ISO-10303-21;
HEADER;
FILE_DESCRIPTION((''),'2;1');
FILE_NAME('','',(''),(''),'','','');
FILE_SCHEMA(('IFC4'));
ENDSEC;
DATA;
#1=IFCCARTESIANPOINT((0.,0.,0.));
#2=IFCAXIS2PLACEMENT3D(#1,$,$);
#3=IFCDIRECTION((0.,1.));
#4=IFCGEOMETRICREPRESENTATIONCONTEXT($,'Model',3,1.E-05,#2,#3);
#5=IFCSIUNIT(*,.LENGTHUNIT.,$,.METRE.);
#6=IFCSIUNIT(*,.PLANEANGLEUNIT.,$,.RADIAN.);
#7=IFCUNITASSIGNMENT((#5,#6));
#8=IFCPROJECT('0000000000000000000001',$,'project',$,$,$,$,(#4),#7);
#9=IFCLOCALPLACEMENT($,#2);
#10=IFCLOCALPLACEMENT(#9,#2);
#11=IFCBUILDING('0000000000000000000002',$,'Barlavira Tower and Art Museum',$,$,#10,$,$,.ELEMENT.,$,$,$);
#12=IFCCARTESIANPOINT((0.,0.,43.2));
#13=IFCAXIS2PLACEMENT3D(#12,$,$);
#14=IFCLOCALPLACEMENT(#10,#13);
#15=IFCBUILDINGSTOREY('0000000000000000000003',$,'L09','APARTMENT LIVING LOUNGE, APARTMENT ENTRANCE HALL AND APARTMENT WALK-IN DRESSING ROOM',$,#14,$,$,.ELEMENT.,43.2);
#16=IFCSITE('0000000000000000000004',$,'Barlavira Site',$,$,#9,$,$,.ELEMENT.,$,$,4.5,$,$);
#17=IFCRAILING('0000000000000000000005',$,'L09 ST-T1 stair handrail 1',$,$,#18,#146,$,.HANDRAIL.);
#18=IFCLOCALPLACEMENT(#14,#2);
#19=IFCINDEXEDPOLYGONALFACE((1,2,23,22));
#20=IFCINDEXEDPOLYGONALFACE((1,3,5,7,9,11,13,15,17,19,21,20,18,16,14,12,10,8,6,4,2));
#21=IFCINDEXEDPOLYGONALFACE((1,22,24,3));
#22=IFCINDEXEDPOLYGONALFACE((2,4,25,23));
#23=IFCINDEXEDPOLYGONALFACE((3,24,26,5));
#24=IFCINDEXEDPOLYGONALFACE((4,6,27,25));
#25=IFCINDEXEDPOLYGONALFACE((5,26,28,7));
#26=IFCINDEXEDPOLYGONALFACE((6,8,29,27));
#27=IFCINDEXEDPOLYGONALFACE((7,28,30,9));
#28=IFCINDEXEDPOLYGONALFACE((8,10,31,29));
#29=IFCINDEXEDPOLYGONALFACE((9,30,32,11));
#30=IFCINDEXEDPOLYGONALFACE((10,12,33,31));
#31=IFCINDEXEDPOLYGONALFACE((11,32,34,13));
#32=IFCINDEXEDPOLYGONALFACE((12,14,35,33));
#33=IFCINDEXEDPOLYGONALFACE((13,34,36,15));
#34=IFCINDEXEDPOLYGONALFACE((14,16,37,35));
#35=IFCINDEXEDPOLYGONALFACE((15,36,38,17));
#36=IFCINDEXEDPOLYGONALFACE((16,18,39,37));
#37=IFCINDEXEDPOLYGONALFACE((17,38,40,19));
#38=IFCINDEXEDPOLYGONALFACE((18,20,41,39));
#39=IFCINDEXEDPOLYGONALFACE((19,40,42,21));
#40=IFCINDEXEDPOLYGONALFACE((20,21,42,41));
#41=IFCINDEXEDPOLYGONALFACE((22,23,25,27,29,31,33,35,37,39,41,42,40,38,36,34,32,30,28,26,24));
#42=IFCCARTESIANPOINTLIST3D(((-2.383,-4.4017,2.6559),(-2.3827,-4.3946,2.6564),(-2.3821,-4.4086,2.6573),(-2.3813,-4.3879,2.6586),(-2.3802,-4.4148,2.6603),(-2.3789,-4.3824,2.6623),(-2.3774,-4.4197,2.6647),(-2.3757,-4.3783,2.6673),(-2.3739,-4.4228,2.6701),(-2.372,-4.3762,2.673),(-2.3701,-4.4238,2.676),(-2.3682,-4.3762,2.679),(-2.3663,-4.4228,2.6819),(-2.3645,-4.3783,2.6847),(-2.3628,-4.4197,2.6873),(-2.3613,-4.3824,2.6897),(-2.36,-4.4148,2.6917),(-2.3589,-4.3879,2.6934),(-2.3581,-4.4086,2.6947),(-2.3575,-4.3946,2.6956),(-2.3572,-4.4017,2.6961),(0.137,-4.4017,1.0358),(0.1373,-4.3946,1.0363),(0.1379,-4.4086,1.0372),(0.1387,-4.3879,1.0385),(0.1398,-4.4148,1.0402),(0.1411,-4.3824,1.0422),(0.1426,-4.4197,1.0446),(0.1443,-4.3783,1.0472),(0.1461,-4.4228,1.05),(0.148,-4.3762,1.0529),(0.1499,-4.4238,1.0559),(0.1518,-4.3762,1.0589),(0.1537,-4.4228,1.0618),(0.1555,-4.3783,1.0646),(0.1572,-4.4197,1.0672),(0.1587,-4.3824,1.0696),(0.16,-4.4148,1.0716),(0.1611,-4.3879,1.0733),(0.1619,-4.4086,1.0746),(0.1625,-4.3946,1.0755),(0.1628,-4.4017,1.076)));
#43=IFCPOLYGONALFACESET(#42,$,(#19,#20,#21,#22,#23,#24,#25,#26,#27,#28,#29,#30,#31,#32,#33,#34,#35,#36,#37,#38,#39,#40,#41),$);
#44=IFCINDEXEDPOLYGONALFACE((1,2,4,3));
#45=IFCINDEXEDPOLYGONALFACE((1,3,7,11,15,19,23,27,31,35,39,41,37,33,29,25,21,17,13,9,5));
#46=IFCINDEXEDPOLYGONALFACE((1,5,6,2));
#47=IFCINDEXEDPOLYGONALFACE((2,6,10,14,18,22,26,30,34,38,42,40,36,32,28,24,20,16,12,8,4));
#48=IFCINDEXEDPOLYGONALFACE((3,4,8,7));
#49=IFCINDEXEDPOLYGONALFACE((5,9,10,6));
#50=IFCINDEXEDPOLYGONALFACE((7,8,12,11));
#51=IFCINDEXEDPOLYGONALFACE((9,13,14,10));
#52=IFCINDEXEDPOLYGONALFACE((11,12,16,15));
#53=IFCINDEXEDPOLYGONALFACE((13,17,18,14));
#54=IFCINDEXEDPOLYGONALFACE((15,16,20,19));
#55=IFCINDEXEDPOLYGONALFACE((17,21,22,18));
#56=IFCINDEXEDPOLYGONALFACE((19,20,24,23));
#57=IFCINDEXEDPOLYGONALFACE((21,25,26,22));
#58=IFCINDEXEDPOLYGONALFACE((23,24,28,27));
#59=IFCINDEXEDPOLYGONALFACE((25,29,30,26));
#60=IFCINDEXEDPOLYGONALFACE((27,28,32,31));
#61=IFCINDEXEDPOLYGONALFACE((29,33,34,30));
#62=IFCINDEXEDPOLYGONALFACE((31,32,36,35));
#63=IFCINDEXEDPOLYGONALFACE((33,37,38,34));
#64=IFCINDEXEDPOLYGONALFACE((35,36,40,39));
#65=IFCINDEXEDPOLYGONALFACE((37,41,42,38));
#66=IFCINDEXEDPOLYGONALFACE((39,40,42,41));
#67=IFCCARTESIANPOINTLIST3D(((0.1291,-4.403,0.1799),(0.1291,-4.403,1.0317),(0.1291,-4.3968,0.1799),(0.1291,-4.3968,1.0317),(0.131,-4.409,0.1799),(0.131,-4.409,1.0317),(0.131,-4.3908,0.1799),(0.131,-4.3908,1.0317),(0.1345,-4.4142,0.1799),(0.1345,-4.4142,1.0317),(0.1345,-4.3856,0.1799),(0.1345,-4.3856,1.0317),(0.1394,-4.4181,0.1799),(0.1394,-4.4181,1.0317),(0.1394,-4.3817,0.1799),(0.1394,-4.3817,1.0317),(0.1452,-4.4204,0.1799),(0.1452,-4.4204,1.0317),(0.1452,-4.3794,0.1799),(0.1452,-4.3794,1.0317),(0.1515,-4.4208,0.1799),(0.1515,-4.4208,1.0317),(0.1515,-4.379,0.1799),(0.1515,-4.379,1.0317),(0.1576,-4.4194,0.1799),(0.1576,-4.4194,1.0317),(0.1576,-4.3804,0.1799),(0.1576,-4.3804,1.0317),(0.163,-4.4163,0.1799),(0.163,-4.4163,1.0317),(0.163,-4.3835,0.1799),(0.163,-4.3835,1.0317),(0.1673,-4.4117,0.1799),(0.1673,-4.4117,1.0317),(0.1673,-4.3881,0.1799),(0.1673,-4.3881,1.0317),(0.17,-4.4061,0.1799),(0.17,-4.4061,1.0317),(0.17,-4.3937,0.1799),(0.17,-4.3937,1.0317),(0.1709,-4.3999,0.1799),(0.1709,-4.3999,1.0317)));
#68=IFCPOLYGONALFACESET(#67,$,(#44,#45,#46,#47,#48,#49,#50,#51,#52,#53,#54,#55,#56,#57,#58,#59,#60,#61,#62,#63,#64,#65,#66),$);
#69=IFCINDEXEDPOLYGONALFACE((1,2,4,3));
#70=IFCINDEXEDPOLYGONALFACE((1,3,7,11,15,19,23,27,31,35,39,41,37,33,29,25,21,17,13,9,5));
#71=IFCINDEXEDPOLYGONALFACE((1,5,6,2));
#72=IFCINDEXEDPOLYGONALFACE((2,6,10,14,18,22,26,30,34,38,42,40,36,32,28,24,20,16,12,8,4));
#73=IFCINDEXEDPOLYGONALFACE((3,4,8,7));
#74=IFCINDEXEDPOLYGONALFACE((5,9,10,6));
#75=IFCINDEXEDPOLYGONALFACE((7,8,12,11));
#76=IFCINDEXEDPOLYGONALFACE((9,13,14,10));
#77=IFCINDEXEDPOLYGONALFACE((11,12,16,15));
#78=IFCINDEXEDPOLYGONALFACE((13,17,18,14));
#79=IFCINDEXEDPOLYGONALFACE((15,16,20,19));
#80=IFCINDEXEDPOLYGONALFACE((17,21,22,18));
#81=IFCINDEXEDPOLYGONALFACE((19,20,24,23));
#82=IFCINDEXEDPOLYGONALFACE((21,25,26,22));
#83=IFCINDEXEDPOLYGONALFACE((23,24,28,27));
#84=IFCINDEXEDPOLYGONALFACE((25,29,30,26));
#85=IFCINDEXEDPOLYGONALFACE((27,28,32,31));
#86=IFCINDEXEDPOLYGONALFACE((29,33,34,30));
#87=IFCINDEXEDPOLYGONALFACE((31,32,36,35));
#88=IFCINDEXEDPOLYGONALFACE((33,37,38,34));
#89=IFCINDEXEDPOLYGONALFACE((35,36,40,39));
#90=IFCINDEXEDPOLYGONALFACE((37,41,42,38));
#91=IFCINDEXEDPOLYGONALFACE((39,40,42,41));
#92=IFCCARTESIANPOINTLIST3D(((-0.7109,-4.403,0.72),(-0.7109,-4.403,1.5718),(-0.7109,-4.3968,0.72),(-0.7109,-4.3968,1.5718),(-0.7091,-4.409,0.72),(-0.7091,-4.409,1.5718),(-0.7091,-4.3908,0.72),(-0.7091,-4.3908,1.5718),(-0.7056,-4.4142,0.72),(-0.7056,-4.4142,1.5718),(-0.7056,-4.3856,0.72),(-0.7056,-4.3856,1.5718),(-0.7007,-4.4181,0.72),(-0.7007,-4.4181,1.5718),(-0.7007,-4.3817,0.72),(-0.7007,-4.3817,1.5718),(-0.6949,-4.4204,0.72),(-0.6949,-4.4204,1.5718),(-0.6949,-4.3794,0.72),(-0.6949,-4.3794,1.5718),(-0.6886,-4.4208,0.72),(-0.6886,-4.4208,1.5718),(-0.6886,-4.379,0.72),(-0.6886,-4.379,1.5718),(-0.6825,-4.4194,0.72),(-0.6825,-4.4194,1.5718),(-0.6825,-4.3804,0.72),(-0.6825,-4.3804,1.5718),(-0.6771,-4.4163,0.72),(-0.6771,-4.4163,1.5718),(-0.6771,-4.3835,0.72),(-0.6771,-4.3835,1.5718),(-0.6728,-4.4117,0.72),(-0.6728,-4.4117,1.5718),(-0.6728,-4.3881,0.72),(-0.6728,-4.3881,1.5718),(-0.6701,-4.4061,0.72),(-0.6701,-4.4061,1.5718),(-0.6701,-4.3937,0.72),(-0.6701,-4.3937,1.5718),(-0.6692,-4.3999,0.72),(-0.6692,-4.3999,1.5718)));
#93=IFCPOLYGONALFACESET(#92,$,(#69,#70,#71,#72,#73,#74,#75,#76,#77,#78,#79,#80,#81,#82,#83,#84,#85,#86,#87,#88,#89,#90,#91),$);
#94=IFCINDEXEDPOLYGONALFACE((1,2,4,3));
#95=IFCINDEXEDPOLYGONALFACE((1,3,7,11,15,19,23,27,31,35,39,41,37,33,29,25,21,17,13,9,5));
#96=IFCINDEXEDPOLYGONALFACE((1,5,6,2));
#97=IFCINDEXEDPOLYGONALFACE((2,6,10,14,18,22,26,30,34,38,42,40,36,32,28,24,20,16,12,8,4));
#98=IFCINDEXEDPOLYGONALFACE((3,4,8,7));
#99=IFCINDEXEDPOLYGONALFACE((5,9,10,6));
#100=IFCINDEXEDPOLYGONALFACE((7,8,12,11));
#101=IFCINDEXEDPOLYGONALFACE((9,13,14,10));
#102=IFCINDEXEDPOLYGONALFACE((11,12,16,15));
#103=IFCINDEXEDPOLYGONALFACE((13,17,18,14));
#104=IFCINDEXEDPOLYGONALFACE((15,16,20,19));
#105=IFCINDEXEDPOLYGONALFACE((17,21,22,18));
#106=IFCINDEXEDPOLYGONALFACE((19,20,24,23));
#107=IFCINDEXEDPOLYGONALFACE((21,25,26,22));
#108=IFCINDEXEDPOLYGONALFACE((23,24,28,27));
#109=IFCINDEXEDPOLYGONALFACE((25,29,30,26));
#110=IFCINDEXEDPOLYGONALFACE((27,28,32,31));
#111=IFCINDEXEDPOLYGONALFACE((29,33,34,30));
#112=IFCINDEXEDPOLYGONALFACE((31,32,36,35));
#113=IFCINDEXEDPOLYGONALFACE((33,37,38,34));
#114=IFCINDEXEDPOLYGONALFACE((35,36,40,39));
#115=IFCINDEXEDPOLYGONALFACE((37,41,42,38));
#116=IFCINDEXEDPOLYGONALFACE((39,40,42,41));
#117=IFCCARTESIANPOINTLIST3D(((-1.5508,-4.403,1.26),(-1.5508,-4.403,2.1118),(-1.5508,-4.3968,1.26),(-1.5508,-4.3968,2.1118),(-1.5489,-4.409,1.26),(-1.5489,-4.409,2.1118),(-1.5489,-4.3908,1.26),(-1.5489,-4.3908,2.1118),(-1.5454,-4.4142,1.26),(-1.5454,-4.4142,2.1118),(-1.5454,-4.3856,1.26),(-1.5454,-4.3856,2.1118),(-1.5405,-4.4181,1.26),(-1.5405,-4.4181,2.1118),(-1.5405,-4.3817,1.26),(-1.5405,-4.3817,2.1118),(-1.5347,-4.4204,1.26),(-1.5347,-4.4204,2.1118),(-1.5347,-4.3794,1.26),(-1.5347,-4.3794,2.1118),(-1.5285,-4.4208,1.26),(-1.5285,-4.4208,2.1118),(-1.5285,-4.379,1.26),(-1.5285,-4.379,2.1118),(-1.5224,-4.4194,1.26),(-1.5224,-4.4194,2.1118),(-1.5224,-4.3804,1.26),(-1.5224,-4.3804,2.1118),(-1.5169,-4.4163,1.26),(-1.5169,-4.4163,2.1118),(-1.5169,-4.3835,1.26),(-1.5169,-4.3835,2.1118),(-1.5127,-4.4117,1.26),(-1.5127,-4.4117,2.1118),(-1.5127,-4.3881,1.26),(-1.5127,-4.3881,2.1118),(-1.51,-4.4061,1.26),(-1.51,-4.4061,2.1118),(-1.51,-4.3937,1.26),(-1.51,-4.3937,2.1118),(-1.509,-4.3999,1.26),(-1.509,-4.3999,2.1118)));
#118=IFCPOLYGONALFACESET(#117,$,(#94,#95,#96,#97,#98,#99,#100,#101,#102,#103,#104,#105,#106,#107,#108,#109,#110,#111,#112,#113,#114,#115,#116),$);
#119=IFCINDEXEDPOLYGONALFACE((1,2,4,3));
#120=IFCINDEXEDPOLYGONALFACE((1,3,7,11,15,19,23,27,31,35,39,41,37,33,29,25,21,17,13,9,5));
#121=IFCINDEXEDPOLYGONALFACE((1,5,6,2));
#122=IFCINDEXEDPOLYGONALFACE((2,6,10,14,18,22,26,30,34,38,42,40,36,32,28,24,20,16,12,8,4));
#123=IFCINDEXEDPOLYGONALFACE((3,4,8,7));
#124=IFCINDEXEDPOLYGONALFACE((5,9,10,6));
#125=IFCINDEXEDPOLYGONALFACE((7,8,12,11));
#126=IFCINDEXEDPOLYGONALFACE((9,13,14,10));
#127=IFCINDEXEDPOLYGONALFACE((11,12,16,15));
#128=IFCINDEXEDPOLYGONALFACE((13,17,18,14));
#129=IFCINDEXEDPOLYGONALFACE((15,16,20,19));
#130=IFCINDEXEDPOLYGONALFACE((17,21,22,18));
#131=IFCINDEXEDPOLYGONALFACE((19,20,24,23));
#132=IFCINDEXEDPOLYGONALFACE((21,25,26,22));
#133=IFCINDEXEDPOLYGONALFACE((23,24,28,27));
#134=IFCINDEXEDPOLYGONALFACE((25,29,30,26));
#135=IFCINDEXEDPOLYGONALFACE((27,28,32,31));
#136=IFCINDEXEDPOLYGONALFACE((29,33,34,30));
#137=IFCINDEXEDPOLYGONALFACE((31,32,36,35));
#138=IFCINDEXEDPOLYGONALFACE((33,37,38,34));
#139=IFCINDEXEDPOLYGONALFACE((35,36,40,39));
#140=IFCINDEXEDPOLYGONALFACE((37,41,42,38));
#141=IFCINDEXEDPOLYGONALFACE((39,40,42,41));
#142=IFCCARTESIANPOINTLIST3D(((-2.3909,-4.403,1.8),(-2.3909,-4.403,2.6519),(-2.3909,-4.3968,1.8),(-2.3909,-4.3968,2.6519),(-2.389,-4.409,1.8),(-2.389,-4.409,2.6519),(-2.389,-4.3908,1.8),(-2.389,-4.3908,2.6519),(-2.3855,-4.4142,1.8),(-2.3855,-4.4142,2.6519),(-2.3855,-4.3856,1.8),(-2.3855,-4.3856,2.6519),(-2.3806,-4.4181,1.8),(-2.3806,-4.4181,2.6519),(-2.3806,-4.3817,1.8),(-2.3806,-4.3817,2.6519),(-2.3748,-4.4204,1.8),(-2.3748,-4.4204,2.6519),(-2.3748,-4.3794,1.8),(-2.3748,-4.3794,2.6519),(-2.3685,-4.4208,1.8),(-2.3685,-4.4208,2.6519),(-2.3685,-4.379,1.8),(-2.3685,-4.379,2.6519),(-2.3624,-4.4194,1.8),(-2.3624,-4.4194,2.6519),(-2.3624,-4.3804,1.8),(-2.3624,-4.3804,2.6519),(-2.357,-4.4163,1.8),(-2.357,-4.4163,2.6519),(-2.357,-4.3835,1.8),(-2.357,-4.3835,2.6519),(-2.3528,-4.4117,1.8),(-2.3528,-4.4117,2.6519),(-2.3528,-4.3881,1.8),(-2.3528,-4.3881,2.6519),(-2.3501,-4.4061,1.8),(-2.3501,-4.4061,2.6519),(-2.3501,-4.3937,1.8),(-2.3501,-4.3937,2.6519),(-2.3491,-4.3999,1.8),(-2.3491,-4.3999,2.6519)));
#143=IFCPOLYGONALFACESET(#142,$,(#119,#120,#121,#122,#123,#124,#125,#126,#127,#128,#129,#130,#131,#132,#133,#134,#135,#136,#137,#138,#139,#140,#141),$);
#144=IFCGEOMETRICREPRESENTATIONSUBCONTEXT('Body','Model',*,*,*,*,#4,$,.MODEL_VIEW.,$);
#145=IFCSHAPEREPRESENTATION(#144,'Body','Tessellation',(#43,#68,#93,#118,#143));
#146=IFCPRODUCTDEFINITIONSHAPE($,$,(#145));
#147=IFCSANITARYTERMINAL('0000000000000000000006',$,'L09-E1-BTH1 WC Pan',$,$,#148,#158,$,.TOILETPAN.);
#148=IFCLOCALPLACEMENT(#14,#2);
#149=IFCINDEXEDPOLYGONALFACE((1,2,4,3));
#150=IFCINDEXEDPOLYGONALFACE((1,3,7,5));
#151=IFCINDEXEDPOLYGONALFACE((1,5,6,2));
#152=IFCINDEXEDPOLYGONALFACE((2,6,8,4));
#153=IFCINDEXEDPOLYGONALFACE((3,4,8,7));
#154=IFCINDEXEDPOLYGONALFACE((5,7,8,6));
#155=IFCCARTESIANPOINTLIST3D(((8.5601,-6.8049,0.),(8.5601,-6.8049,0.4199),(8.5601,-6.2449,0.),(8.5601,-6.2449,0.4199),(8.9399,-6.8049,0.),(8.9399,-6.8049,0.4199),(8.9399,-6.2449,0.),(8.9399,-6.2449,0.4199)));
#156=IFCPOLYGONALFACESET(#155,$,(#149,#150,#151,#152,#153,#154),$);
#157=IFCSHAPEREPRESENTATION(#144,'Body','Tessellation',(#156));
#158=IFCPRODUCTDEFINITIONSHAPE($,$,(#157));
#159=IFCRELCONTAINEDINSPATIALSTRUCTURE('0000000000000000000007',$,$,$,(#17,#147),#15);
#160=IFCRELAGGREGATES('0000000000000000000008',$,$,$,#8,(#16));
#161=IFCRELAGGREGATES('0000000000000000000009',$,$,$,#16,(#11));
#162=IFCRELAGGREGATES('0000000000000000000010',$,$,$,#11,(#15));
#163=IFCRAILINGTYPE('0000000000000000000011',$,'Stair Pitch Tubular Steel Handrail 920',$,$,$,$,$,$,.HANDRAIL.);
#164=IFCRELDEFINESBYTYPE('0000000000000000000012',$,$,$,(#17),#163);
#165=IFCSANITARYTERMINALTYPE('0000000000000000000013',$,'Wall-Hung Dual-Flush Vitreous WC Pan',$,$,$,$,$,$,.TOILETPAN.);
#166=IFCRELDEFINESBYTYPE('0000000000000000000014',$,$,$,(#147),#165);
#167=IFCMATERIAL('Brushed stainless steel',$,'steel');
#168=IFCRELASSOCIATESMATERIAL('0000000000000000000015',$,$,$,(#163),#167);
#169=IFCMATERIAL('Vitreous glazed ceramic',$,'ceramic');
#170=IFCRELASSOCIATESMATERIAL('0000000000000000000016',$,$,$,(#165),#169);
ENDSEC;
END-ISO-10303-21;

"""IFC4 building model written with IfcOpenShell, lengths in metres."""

from ifc_helpers import new_model, si_unit, direction, frame, origin, origin_2d, place, context, subcontext, project, spatial, rectangle, circle, extrude, material, type_object, element, save


model = new_model("IFC4")

# Units and contexts
model_context = context("Model", 3, precision=1e-05, world=origin(), true_north=direction((0.0, 1.0)))
body_context = subcontext(model_context, "Body", "Model", "MODEL_VIEW")
ifc_project = project(units=[si_unit("LENGTHUNIT", "METRE"), si_unit("PLANEANGLEUNIT", "RADIAN")], contexts=[model_context])

# Site, building, storey
site_placement = place(None, origin())
site = spatial("IfcSite", under=ifc_project, at=site_placement, Name="Barlavira Site", CompositionType="ELEMENT", RefElevation=4.5)
building_placement = place(site_placement, origin())
building = spatial("IfcBuilding", under=site, at=building_placement, Name="Barlavira Tower and Art Museum", CompositionType="ELEMENT")
storey_placement = place(building_placement, frame((0.0, 0.0, 43.2)))
storey = spatial("IfcBuildingStorey", under=building, at=storey_placement, Name="L09", Description="APARTMENT LIVING LOUNGE, APARTMENT ENTRANCE HALL AND APARTMENT WALK-IN DRESSING ROOM", CompositionType="ELEMENT", Elevation=43.2)

# Shared definitions
ifc_material_1 = material(Name="Brushed stainless steel", Category="steel")

# Railing
railing_type_1 = type_object("IfcRailingType", Name="Stair Pitch Tubular Steel Handrail 920", PredefinedType="HANDRAIL", material=ifc_material_1)
railing_1_placement = place(storey_placement, frame((0.1499, -4.3999, 0.1799)))
element("IfcRailing", 1, at=railing_1_placement, inside=storey, type_object=railing_type_1, Name="L09 ST-T1 stair handrail 1", PredefinedType="HANDRAIL", context=body_context, shape_type="SweptSolid", body=[
    extrude(circle(Radius=0.0239, at=origin_2d()), frame((0.0, 0.0, 0.876), z_axis=(-0.841163, 0.0, 0.540782), x_axis=(0.0, -1.0, 0.0)), (0.0, 0.0, 1.0), 2.9958),
    extrude(circle(Radius=0.021, at=origin_2d()), origin(), (0.0, 0.0, 1.0), 0.8518),
    extrude(circle(Radius=0.021, at=origin_2d()), frame((-0.8401, 0.0, 0.54)), (0.0, 0.0, 1.0), 0.8518),
    extrude(circle(Radius=0.021, at=origin_2d()), frame((-1.6799, 0.0, 1.0801)), (0.0, 0.0, 1.0), 0.8518),
    extrude(circle(Radius=0.021, at=origin_2d()), frame((-2.52, 0.0, 1.6201)), (0.0, 0.0, 1.0), 0.8518),
])

# Sanitary terminal
ifc_material_2 = material(Name="Vitreous glazed ceramic", Category="ceramic")
sanitary_terminal_type = type_object("IfcSanitaryTerminalType", Name="Wall-Hung Dual-Flush Vitreous WC Pan", PredefinedType="TOILETPAN", material=ifc_material_2)
sanitary_terminal_placement = place(storey_placement, frame((8.75, -6.5249, 0.0), z_axis=(0.0, 0.0, 1.0), x_axis=(1.0, 0.0, 0.0)))
element("IfcSanitaryTerminal", 2, at=sanitary_terminal_placement, inside=storey, type_object=sanitary_terminal_type, Name="L09-E1-BTH1 WC Pan", PredefinedType="TOILETPAN", context=body_context, shape_type="SweptSolid", body=[
    extrude(rectangle(XDim=0.3799, YDim=0.5601, at=origin_2d()), origin(), (0.0, 0.0, 1.0), 0.4199),
])

save(model, "model.ifc")
